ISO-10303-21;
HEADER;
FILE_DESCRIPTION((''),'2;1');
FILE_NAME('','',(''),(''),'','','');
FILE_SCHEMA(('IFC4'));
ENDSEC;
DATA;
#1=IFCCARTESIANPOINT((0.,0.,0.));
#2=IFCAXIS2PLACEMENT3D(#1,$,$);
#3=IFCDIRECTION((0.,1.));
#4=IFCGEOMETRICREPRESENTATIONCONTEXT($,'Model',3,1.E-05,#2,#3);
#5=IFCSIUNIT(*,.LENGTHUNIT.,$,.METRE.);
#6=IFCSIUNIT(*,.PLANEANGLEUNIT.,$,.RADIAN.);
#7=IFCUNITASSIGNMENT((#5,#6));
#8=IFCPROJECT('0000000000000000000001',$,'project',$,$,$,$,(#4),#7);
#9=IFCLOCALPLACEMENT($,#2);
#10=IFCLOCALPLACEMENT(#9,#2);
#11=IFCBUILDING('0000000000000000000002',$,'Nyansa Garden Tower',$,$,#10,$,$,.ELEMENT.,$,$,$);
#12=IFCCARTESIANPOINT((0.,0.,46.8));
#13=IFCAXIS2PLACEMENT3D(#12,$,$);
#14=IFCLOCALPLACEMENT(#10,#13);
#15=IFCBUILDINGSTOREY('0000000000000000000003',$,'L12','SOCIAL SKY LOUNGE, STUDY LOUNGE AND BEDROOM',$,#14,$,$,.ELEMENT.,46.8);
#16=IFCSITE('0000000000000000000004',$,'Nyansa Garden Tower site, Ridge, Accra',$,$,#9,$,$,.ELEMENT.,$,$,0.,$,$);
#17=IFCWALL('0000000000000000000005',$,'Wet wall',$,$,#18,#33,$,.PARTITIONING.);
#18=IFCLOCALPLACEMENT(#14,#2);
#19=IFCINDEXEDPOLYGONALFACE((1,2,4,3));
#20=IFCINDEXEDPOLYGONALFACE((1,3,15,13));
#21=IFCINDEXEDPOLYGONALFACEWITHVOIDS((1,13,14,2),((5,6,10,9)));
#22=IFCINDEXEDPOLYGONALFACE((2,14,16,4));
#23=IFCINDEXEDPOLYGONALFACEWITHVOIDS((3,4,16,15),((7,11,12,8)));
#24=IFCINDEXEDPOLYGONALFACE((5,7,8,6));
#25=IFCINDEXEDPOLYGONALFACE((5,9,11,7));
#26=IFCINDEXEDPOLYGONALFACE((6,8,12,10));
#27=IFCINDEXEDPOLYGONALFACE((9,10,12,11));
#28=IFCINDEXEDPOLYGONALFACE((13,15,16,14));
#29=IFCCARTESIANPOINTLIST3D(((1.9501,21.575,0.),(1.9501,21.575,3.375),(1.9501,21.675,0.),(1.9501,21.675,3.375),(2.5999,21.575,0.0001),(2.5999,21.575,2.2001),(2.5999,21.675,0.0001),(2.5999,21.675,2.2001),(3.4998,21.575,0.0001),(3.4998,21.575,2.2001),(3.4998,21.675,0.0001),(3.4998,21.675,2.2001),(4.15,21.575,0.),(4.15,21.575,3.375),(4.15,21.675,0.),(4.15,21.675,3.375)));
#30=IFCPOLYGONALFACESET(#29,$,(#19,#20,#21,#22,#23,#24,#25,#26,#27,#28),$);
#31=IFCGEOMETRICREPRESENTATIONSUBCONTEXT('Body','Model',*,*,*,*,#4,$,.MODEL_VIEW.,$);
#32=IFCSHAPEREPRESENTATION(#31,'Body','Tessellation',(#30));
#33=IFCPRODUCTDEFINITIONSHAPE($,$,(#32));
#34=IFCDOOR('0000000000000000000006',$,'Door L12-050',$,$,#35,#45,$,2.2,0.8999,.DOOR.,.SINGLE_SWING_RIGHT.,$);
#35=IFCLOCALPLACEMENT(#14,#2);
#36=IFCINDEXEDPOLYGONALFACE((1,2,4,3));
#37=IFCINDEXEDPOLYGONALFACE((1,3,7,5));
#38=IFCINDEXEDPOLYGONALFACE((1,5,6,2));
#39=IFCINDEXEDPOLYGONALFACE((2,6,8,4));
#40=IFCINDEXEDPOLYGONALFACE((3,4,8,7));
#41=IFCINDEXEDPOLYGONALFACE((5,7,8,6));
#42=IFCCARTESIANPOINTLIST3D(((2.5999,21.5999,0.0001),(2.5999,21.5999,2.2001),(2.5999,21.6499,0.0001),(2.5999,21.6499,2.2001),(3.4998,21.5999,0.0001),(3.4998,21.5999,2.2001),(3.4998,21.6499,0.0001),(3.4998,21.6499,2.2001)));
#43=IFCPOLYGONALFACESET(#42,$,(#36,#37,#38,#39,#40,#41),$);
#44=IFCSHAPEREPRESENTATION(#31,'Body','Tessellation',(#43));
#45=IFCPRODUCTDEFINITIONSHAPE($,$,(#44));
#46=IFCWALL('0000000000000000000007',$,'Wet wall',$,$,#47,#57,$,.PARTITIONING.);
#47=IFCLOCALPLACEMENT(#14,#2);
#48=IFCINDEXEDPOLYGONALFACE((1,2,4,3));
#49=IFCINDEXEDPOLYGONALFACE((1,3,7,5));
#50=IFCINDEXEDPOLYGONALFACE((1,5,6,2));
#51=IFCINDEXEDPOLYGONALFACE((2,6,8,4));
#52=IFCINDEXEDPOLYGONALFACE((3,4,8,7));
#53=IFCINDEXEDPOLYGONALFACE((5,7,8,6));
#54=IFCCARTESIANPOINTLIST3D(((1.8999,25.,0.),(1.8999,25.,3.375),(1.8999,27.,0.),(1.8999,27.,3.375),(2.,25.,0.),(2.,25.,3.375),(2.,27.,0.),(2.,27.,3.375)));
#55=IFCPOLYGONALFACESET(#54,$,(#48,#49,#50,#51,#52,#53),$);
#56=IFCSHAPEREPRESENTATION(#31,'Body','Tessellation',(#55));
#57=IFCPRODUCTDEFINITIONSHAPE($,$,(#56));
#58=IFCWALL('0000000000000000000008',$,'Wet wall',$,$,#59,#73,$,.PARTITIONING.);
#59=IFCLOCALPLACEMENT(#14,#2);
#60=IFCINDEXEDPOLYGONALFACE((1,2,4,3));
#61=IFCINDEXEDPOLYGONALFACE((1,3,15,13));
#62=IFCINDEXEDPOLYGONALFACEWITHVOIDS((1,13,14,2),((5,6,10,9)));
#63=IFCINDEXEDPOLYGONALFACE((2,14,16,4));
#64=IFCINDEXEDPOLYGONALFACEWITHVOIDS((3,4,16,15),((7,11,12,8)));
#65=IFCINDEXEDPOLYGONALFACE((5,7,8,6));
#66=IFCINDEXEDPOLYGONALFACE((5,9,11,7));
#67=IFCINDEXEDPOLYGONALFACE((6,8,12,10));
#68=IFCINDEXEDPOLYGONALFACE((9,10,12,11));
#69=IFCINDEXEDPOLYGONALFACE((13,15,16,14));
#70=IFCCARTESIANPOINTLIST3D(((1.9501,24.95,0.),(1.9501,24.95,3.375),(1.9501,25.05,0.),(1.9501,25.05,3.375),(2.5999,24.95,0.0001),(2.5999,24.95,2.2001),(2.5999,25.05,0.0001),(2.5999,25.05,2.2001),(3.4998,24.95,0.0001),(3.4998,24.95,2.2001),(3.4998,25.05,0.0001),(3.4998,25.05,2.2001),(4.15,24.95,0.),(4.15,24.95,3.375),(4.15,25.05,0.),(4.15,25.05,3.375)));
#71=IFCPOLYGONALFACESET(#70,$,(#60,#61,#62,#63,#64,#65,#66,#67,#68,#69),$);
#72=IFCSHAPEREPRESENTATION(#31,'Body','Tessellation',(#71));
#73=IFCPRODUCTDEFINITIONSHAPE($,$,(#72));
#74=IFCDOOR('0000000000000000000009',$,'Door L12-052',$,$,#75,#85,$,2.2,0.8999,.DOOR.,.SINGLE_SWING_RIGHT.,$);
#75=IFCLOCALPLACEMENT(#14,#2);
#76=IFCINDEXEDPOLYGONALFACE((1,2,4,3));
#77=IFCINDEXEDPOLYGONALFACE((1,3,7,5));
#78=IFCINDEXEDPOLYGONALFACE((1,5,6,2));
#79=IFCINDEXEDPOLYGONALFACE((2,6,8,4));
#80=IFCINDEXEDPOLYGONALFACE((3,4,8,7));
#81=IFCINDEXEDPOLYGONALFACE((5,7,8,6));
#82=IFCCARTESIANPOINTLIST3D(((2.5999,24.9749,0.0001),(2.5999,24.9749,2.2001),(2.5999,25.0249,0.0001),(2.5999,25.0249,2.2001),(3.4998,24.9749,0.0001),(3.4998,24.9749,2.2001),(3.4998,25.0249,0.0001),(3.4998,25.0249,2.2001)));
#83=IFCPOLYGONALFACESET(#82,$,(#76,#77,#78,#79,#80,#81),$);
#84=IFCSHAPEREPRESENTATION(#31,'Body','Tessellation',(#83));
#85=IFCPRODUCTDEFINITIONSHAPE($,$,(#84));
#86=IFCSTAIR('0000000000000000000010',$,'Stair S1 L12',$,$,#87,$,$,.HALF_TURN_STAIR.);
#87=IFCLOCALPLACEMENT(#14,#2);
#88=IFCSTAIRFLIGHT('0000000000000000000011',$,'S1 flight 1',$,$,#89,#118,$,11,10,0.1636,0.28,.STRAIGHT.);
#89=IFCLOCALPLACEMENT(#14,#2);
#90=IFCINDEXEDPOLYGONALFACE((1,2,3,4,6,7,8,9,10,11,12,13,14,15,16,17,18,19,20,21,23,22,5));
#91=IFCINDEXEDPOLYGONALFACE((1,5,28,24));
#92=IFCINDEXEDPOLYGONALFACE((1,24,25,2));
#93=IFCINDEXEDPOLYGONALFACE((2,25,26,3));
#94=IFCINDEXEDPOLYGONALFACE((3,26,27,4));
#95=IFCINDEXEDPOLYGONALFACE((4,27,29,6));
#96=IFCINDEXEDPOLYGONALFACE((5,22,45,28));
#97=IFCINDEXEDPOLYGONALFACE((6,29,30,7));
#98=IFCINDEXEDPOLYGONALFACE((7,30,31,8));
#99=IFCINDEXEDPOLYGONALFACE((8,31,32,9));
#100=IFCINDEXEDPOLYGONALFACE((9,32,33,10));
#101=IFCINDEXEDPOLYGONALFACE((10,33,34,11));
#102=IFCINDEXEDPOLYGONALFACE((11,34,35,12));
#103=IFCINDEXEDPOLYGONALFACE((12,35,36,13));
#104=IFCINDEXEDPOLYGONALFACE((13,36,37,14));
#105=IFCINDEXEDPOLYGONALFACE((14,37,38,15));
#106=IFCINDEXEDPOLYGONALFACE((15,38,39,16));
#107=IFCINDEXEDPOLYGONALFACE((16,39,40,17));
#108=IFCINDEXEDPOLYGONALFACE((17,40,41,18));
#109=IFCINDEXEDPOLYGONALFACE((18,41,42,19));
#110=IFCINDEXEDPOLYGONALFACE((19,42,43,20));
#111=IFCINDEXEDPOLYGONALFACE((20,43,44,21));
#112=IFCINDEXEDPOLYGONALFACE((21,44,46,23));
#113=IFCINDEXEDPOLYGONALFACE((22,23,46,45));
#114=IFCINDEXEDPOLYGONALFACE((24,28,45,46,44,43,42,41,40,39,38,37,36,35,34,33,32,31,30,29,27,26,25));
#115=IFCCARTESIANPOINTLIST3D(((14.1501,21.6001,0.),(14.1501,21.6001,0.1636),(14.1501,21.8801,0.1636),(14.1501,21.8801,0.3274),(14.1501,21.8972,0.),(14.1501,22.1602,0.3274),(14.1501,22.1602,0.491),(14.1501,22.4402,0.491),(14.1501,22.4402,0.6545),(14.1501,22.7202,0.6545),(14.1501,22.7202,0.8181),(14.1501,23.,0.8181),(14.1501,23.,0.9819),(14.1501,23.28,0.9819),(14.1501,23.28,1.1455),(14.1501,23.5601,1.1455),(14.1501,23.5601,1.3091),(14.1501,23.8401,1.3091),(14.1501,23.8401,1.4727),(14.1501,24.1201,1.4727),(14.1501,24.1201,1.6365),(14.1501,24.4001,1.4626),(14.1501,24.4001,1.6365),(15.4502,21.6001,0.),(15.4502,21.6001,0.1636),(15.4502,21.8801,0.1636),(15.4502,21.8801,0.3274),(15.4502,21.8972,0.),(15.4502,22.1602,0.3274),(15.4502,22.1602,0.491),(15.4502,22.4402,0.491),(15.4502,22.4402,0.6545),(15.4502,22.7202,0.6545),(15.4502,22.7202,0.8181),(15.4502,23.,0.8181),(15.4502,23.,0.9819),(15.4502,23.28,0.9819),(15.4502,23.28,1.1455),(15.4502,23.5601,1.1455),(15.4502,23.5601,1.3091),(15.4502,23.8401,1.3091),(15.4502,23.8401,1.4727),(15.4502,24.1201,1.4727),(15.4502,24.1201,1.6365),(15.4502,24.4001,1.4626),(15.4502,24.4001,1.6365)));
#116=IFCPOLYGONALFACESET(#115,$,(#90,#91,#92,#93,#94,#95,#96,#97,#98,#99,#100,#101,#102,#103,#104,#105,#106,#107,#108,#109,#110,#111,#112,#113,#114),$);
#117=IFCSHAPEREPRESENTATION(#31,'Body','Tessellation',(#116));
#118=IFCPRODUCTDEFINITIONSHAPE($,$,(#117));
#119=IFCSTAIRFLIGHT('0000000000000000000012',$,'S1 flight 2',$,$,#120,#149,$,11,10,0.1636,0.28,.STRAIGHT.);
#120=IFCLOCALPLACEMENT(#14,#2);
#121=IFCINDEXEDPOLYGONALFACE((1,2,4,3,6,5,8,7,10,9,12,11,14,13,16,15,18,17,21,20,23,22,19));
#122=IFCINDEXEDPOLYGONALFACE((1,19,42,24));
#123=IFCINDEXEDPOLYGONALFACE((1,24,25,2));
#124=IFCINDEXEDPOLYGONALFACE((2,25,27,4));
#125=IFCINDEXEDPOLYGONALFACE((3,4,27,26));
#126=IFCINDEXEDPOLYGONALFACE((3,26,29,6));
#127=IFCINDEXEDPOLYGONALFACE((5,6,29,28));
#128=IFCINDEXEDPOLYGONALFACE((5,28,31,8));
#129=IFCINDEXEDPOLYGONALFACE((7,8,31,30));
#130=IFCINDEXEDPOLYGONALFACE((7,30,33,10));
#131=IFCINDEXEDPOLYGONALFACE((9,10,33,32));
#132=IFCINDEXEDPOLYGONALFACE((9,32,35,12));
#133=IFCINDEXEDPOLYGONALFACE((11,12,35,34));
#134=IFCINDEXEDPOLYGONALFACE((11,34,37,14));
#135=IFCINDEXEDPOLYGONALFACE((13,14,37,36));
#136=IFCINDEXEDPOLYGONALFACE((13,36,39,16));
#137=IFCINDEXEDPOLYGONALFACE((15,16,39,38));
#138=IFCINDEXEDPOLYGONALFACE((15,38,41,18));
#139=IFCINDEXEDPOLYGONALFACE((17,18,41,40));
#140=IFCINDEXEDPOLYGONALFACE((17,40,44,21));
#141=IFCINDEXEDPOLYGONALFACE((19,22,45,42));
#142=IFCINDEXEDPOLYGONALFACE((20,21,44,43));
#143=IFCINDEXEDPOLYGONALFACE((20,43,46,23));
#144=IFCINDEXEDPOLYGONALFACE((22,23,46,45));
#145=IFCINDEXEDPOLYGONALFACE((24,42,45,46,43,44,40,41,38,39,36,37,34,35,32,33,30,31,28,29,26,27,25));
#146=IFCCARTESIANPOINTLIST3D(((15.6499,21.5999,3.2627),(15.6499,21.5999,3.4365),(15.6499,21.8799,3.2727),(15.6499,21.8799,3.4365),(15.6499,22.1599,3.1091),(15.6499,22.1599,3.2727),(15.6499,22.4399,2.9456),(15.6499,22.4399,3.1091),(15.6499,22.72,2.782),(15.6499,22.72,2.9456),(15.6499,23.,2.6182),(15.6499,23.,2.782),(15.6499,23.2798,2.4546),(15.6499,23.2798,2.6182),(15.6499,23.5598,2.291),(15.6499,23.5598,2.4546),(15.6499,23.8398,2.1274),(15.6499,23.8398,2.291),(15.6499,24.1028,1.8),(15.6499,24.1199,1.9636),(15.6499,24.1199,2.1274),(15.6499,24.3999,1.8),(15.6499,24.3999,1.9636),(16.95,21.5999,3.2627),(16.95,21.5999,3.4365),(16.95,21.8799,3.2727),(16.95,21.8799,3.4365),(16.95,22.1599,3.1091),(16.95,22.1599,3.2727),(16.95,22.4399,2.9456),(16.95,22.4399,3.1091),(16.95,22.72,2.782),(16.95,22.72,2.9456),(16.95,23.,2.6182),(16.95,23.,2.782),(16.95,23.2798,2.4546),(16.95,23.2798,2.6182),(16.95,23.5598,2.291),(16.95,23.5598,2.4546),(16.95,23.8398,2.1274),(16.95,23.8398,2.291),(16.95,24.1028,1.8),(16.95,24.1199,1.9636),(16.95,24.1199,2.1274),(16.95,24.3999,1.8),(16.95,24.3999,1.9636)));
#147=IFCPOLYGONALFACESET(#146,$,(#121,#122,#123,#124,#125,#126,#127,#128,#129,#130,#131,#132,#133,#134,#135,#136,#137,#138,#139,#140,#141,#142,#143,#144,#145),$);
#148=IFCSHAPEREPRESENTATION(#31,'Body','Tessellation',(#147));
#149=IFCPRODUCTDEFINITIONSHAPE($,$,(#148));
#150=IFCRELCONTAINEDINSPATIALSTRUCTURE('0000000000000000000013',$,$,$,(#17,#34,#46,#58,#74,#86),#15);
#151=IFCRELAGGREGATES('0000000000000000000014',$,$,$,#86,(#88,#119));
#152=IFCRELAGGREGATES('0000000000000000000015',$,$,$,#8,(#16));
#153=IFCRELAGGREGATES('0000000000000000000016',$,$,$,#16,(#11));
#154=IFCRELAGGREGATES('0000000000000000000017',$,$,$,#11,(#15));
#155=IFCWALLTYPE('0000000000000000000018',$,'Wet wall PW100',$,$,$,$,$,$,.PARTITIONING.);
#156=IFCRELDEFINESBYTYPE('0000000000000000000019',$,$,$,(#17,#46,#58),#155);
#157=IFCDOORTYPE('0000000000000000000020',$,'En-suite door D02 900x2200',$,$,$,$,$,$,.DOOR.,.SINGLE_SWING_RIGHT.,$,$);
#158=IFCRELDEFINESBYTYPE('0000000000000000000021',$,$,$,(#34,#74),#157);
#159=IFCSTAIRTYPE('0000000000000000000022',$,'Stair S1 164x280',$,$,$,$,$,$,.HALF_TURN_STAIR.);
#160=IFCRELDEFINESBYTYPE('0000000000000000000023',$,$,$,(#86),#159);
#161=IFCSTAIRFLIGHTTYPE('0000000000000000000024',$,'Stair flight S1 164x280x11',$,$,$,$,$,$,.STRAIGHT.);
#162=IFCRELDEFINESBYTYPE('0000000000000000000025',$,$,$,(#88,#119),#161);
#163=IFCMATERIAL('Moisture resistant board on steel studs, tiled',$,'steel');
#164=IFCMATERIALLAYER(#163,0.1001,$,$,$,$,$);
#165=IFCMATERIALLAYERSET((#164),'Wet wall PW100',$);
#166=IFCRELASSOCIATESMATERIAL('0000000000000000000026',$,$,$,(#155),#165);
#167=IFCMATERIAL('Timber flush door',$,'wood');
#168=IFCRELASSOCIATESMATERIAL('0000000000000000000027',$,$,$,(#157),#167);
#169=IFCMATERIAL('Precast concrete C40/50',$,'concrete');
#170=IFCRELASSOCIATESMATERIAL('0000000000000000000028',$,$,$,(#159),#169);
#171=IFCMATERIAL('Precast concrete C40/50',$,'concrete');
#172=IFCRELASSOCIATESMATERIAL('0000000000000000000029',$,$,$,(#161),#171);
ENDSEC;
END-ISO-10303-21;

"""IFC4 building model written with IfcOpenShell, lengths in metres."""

from ifc_helpers import new_model, si_unit, direction, frame, frame_2d, origin, place, context, subcontext, project, spatial, polyline, rectangle, outline, extrude, material, layer, layer_set, type_object, element, fill, aggregate, save


model = new_model("IFC4")

# Units and contexts
model_context = context("Model", 3, precision=1e-05, world=origin(), true_north=direction((0.0, 1.0)))
body_context = subcontext(model_context, "Body", "Model", "MODEL_VIEW")
ifc_project = project(units=[si_unit("LENGTHUNIT", "METRE"), si_unit("PLANEANGLEUNIT", "RADIAN")], contexts=[model_context])

# Site, building, storey
site_placement = place(None, origin())
site = spatial("IfcSite", under=ifc_project, at=site_placement, Name="Nyansa Garden Tower site, Ridge, Accra", CompositionType="ELEMENT", RefElevation=0.0)
building_placement = place(site_placement, origin())
building = spatial("IfcBuilding", under=site, at=building_placement, Name="Nyansa Garden Tower", CompositionType="ELEMENT")
storey_placement = place(building_placement, frame((0.0, 0.0, 46.8)))
storey = spatial("IfcBuildingStorey", under=building, at=storey_placement, Name="L12", Description="SOCIAL SKY LOUNGE, STUDY LOUNGE AND BEDROOM", CompositionType="ELEMENT", Elevation=46.8)

# Shared definitions
ifc_material_1 = material(Name="Moisture resistant board on steel studs, tiled", Category="steel")
ifc_layer_1 = layer(ifc_material_1, 0.1001)
ifc_layer_set_1 = layer_set([ifc_layer_1], Name="Wet wall PW100")
wall_type_1 = type_object("IfcWallType", Name="Wet wall PW100", PredefinedType="PARTITIONING", material=ifc_layer_set_1)

# Wall, opening, door
wall_1_placement = place(storey_placement, frame((1.95, 21.625, 0.0), z_axis=(0.0, 0.0, 1.0), x_axis=(1.0, 0.0, 0.0)))
wall_1 = element("IfcWall", 1, at=wall_1_placement, inside=storey, type_object=wall_type_1, Name="Wet wall", PredefinedType="PARTITIONING", context=body_context, shape_type="SweptSolid", body=[
    extrude(rectangle(XDim=2.2, YDim=0.1001, at=frame_2d((1.1001, 0.0))), origin(), (0.0, 0.0, 1.0), 3.375),
])
opening_1_placement = place(wall_1_placement, frame((0.6499, 0.0, 0.0)))
opening_1 = element("IfcOpeningElement", 2, at=opening_1_placement, cuts=wall_1, PredefinedType="OPENING", context=body_context, shape_type="SweptSolid", body=[
    extrude(rectangle(XDim=0.8999, YDim=2.2, at=frame_2d((0.45, 1.1001))), frame((0.0, 0.0601, 0.0), z_axis=(0.0, -1.0, 0.0), x_axis=(1.0, 0.0, 0.0)), (0.0, 0.0, 1.0), 0.1201),
])
ifc_material_2 = material(Name="Timber flush door", Category="wood")
door_type_1 = type_object("IfcDoorType", Name="En-suite door D02 900x2200", OperationType="SINGLE_SWING_RIGHT", PredefinedType="DOOR", material=ifc_material_2)
door_1_placement = place(opening_1_placement, origin())
door_1 = element("IfcDoor", 3, at=door_1_placement, inside=storey, type_object=door_type_1, Name="Door L12-050", OperationType="SINGLE_SWING_RIGHT", OverallHeight=2.2, OverallWidth=0.8999, PredefinedType="DOOR", context=body_context, shape_type="SweptSolid", body=[
    extrude(rectangle(XDim=0.8999, YDim=2.2, at=frame_2d((0.45, 1.1001))), frame((0.0, 0.0249, 0.0), z_axis=(0.0, -1.0, 0.0), x_axis=(1.0, 0.0, 0.0)), (0.0, 0.0, 1.0), 0.05),
])
fill(opening_1, door_1)

# Wall
wall_2_placement = place(storey_placement, frame((1.95, 25.0, 0.0), z_axis=(0.0, 0.0, 1.0), x_axis=(0.0, 1.0, 0.0)))
element("IfcWall", 4, at=wall_2_placement, inside=storey, type_object=wall_type_1, Name="Wet wall", PredefinedType="PARTITIONING", context=body_context, shape_type="SweptSolid", body=[
    extrude(rectangle(XDim=2.0, YDim=0.1001, at=frame_2d((1.0, 0.0))), origin(), (0.0, 0.0, 1.0), 3.375),
])

# Wall, opening, door
wall_3_placement = place(storey_placement, frame((1.95, 25.0, 0.0), z_axis=(0.0, 0.0, 1.0), x_axis=(1.0, 0.0, 0.0)))
wall_3 = element("IfcWall", 5, at=wall_3_placement, inside=storey, type_object=wall_type_1, Name="Wet wall", PredefinedType="PARTITIONING", context=body_context, shape_type="SweptSolid", body=[
    extrude(rectangle(XDim=2.2, YDim=0.1001, at=frame_2d((1.1001, 0.0))), origin(), (0.0, 0.0, 1.0), 3.375),
])
opening_2_placement = place(wall_3_placement, frame((0.6499, 0.0, 0.0)))
opening_2 = element("IfcOpeningElement", 6, at=opening_2_placement, cuts=wall_3, PredefinedType="OPENING", context=body_context, shape_type="SweptSolid", body=[
    extrude(rectangle(XDim=0.8999, YDim=2.2, at=frame_2d((0.45, 1.1001))), frame((0.0, 0.0601, 0.0), z_axis=(0.0, -1.0, 0.0), x_axis=(1.0, 0.0, 0.0)), (0.0, 0.0, 1.0), 0.1201),
])
door_2_placement = place(opening_2_placement, origin())
door_2 = element("IfcDoor", 7, at=door_2_placement, inside=storey, type_object=door_type_1, Name="Door L12-052", OperationType="SINGLE_SWING_RIGHT", OverallHeight=2.2, OverallWidth=0.8999, PredefinedType="DOOR", context=body_context, shape_type="SweptSolid", body=[
    extrude(rectangle(XDim=0.8999, YDim=2.2, at=frame_2d((0.45, 1.1001))), frame((0.0, 0.0249, 0.0), z_axis=(0.0, -1.0, 0.0), x_axis=(1.0, 0.0, 0.0)), (0.0, 0.0, 1.0), 0.05),
])
fill(opening_2, door_2)

# Stair, stair flights
ifc_material_3 = material(Name="Precast concrete C40/50", Category="concrete")
stair_type = type_object("IfcStairType", Name="Stair S1 164x280", PredefinedType="HALF_TURN_STAIR", material=ifc_material_3)
stair_placement = place(storey_placement, origin())
stair = element("IfcStair", 8, at=stair_placement, inside=storey, type_object=stair_type, Name="Stair S1 L12", PredefinedType="HALF_TURN_STAIR")
ifc_material_4 = material(Name="Precast concrete C40/50", Category="concrete")
stair_flight_type = type_object("IfcStairFlightType", Name="Stair flight S1 164x280x11", PredefinedType="STRAIGHT", material=ifc_material_4)
stair_flight_1_placement = place(storey_placement, frame((14.8, 21.6001, 0.0), z_axis=(0.0, 0.0, 1.0), x_axis=(0.0, 1.0, 0.0)))
stair_flight_1 = element("IfcStairFlight", 9, at=stair_flight_1_placement, type_object=stair_flight_type, Name="S1 flight 1", NumberOfRisers=11, NumberOfTreads=10, PredefinedType="STRAIGHT", RiserHeight=0.1636, TreadLength=0.28, context=body_context, shape_type="SweptSolid", body=[
    extrude(outline(polyline([(0.0, 0.0), (0.0, 0.1636), (0.28, 0.1636), (0.28, 0.3274), (0.5601, 0.3274), (0.5601, 0.491), (0.8401, 0.491), (0.8401, 0.6545), (1.1201, 0.6545), (1.1201, 0.8181), (1.3999, 0.8181), (1.3999, 0.9819), (1.6799, 0.9819), (1.6799, 1.1455), (1.96, 1.1455), (1.96, 1.3091), (2.24, 1.3091), (2.24, 1.4727), (2.52, 1.4727), (2.52, 1.6365), (2.8, 1.6365), (2.8, 1.8), (2.8, 1.4626), (0.2971, 0.0), (0.0, 0.0)])), frame((0.0, 0.6499, 0.0), z_axis=(0.0, -1.0, 0.0), x_axis=(1.0, 0.0, 0.0)), (0.0, 0.0, 1.0), 1.3),
])
stair_flight_2_placement = place(storey_placement, frame((16.3, 24.3999, 1.8), z_axis=(0.0, 0.0, 1.0), x_axis=(0.0, -1.0, 0.0)))
stair_flight_2 = element("IfcStairFlight", 10, at=stair_flight_2_placement, type_object=stair_flight_type, Name="S1 flight 2", NumberOfRisers=11, NumberOfTreads=10, PredefinedType="STRAIGHT", RiserHeight=0.1636, TreadLength=0.28, context=body_context, shape_type="SweptSolid", body=[
    extrude(outline(polyline([(0.0, 0.0), (0.0, 0.1636), (0.28, 0.1636), (0.28, 0.3274), (0.5601, 0.3274), (0.5601, 0.491), (0.8401, 0.491), (0.8401, 0.6545), (1.1201, 0.6545), (1.1201, 0.8181), (1.3999, 0.8181), (1.3999, 0.9819), (1.6799, 0.9819), (1.6799, 1.1455), (1.96, 1.1455), (1.96, 1.3091), (2.24, 1.3091), (2.24, 1.4727), (2.52, 1.4727), (2.52, 1.6365), (2.8, 1.6365), (2.8, 1.8), (2.8, 1.4626), (0.2971, 0.0), (0.0, 0.0)])), frame((0.0, 0.6499, 0.0), z_axis=(0.0, -1.0, 0.0), x_axis=(1.0, 0.0, 0.0)), (0.0, 0.0, 1.0), 1.3),
])
aggregate(stair, [stair_flight_1, stair_flight_2])

save(model, "model.ifc")
